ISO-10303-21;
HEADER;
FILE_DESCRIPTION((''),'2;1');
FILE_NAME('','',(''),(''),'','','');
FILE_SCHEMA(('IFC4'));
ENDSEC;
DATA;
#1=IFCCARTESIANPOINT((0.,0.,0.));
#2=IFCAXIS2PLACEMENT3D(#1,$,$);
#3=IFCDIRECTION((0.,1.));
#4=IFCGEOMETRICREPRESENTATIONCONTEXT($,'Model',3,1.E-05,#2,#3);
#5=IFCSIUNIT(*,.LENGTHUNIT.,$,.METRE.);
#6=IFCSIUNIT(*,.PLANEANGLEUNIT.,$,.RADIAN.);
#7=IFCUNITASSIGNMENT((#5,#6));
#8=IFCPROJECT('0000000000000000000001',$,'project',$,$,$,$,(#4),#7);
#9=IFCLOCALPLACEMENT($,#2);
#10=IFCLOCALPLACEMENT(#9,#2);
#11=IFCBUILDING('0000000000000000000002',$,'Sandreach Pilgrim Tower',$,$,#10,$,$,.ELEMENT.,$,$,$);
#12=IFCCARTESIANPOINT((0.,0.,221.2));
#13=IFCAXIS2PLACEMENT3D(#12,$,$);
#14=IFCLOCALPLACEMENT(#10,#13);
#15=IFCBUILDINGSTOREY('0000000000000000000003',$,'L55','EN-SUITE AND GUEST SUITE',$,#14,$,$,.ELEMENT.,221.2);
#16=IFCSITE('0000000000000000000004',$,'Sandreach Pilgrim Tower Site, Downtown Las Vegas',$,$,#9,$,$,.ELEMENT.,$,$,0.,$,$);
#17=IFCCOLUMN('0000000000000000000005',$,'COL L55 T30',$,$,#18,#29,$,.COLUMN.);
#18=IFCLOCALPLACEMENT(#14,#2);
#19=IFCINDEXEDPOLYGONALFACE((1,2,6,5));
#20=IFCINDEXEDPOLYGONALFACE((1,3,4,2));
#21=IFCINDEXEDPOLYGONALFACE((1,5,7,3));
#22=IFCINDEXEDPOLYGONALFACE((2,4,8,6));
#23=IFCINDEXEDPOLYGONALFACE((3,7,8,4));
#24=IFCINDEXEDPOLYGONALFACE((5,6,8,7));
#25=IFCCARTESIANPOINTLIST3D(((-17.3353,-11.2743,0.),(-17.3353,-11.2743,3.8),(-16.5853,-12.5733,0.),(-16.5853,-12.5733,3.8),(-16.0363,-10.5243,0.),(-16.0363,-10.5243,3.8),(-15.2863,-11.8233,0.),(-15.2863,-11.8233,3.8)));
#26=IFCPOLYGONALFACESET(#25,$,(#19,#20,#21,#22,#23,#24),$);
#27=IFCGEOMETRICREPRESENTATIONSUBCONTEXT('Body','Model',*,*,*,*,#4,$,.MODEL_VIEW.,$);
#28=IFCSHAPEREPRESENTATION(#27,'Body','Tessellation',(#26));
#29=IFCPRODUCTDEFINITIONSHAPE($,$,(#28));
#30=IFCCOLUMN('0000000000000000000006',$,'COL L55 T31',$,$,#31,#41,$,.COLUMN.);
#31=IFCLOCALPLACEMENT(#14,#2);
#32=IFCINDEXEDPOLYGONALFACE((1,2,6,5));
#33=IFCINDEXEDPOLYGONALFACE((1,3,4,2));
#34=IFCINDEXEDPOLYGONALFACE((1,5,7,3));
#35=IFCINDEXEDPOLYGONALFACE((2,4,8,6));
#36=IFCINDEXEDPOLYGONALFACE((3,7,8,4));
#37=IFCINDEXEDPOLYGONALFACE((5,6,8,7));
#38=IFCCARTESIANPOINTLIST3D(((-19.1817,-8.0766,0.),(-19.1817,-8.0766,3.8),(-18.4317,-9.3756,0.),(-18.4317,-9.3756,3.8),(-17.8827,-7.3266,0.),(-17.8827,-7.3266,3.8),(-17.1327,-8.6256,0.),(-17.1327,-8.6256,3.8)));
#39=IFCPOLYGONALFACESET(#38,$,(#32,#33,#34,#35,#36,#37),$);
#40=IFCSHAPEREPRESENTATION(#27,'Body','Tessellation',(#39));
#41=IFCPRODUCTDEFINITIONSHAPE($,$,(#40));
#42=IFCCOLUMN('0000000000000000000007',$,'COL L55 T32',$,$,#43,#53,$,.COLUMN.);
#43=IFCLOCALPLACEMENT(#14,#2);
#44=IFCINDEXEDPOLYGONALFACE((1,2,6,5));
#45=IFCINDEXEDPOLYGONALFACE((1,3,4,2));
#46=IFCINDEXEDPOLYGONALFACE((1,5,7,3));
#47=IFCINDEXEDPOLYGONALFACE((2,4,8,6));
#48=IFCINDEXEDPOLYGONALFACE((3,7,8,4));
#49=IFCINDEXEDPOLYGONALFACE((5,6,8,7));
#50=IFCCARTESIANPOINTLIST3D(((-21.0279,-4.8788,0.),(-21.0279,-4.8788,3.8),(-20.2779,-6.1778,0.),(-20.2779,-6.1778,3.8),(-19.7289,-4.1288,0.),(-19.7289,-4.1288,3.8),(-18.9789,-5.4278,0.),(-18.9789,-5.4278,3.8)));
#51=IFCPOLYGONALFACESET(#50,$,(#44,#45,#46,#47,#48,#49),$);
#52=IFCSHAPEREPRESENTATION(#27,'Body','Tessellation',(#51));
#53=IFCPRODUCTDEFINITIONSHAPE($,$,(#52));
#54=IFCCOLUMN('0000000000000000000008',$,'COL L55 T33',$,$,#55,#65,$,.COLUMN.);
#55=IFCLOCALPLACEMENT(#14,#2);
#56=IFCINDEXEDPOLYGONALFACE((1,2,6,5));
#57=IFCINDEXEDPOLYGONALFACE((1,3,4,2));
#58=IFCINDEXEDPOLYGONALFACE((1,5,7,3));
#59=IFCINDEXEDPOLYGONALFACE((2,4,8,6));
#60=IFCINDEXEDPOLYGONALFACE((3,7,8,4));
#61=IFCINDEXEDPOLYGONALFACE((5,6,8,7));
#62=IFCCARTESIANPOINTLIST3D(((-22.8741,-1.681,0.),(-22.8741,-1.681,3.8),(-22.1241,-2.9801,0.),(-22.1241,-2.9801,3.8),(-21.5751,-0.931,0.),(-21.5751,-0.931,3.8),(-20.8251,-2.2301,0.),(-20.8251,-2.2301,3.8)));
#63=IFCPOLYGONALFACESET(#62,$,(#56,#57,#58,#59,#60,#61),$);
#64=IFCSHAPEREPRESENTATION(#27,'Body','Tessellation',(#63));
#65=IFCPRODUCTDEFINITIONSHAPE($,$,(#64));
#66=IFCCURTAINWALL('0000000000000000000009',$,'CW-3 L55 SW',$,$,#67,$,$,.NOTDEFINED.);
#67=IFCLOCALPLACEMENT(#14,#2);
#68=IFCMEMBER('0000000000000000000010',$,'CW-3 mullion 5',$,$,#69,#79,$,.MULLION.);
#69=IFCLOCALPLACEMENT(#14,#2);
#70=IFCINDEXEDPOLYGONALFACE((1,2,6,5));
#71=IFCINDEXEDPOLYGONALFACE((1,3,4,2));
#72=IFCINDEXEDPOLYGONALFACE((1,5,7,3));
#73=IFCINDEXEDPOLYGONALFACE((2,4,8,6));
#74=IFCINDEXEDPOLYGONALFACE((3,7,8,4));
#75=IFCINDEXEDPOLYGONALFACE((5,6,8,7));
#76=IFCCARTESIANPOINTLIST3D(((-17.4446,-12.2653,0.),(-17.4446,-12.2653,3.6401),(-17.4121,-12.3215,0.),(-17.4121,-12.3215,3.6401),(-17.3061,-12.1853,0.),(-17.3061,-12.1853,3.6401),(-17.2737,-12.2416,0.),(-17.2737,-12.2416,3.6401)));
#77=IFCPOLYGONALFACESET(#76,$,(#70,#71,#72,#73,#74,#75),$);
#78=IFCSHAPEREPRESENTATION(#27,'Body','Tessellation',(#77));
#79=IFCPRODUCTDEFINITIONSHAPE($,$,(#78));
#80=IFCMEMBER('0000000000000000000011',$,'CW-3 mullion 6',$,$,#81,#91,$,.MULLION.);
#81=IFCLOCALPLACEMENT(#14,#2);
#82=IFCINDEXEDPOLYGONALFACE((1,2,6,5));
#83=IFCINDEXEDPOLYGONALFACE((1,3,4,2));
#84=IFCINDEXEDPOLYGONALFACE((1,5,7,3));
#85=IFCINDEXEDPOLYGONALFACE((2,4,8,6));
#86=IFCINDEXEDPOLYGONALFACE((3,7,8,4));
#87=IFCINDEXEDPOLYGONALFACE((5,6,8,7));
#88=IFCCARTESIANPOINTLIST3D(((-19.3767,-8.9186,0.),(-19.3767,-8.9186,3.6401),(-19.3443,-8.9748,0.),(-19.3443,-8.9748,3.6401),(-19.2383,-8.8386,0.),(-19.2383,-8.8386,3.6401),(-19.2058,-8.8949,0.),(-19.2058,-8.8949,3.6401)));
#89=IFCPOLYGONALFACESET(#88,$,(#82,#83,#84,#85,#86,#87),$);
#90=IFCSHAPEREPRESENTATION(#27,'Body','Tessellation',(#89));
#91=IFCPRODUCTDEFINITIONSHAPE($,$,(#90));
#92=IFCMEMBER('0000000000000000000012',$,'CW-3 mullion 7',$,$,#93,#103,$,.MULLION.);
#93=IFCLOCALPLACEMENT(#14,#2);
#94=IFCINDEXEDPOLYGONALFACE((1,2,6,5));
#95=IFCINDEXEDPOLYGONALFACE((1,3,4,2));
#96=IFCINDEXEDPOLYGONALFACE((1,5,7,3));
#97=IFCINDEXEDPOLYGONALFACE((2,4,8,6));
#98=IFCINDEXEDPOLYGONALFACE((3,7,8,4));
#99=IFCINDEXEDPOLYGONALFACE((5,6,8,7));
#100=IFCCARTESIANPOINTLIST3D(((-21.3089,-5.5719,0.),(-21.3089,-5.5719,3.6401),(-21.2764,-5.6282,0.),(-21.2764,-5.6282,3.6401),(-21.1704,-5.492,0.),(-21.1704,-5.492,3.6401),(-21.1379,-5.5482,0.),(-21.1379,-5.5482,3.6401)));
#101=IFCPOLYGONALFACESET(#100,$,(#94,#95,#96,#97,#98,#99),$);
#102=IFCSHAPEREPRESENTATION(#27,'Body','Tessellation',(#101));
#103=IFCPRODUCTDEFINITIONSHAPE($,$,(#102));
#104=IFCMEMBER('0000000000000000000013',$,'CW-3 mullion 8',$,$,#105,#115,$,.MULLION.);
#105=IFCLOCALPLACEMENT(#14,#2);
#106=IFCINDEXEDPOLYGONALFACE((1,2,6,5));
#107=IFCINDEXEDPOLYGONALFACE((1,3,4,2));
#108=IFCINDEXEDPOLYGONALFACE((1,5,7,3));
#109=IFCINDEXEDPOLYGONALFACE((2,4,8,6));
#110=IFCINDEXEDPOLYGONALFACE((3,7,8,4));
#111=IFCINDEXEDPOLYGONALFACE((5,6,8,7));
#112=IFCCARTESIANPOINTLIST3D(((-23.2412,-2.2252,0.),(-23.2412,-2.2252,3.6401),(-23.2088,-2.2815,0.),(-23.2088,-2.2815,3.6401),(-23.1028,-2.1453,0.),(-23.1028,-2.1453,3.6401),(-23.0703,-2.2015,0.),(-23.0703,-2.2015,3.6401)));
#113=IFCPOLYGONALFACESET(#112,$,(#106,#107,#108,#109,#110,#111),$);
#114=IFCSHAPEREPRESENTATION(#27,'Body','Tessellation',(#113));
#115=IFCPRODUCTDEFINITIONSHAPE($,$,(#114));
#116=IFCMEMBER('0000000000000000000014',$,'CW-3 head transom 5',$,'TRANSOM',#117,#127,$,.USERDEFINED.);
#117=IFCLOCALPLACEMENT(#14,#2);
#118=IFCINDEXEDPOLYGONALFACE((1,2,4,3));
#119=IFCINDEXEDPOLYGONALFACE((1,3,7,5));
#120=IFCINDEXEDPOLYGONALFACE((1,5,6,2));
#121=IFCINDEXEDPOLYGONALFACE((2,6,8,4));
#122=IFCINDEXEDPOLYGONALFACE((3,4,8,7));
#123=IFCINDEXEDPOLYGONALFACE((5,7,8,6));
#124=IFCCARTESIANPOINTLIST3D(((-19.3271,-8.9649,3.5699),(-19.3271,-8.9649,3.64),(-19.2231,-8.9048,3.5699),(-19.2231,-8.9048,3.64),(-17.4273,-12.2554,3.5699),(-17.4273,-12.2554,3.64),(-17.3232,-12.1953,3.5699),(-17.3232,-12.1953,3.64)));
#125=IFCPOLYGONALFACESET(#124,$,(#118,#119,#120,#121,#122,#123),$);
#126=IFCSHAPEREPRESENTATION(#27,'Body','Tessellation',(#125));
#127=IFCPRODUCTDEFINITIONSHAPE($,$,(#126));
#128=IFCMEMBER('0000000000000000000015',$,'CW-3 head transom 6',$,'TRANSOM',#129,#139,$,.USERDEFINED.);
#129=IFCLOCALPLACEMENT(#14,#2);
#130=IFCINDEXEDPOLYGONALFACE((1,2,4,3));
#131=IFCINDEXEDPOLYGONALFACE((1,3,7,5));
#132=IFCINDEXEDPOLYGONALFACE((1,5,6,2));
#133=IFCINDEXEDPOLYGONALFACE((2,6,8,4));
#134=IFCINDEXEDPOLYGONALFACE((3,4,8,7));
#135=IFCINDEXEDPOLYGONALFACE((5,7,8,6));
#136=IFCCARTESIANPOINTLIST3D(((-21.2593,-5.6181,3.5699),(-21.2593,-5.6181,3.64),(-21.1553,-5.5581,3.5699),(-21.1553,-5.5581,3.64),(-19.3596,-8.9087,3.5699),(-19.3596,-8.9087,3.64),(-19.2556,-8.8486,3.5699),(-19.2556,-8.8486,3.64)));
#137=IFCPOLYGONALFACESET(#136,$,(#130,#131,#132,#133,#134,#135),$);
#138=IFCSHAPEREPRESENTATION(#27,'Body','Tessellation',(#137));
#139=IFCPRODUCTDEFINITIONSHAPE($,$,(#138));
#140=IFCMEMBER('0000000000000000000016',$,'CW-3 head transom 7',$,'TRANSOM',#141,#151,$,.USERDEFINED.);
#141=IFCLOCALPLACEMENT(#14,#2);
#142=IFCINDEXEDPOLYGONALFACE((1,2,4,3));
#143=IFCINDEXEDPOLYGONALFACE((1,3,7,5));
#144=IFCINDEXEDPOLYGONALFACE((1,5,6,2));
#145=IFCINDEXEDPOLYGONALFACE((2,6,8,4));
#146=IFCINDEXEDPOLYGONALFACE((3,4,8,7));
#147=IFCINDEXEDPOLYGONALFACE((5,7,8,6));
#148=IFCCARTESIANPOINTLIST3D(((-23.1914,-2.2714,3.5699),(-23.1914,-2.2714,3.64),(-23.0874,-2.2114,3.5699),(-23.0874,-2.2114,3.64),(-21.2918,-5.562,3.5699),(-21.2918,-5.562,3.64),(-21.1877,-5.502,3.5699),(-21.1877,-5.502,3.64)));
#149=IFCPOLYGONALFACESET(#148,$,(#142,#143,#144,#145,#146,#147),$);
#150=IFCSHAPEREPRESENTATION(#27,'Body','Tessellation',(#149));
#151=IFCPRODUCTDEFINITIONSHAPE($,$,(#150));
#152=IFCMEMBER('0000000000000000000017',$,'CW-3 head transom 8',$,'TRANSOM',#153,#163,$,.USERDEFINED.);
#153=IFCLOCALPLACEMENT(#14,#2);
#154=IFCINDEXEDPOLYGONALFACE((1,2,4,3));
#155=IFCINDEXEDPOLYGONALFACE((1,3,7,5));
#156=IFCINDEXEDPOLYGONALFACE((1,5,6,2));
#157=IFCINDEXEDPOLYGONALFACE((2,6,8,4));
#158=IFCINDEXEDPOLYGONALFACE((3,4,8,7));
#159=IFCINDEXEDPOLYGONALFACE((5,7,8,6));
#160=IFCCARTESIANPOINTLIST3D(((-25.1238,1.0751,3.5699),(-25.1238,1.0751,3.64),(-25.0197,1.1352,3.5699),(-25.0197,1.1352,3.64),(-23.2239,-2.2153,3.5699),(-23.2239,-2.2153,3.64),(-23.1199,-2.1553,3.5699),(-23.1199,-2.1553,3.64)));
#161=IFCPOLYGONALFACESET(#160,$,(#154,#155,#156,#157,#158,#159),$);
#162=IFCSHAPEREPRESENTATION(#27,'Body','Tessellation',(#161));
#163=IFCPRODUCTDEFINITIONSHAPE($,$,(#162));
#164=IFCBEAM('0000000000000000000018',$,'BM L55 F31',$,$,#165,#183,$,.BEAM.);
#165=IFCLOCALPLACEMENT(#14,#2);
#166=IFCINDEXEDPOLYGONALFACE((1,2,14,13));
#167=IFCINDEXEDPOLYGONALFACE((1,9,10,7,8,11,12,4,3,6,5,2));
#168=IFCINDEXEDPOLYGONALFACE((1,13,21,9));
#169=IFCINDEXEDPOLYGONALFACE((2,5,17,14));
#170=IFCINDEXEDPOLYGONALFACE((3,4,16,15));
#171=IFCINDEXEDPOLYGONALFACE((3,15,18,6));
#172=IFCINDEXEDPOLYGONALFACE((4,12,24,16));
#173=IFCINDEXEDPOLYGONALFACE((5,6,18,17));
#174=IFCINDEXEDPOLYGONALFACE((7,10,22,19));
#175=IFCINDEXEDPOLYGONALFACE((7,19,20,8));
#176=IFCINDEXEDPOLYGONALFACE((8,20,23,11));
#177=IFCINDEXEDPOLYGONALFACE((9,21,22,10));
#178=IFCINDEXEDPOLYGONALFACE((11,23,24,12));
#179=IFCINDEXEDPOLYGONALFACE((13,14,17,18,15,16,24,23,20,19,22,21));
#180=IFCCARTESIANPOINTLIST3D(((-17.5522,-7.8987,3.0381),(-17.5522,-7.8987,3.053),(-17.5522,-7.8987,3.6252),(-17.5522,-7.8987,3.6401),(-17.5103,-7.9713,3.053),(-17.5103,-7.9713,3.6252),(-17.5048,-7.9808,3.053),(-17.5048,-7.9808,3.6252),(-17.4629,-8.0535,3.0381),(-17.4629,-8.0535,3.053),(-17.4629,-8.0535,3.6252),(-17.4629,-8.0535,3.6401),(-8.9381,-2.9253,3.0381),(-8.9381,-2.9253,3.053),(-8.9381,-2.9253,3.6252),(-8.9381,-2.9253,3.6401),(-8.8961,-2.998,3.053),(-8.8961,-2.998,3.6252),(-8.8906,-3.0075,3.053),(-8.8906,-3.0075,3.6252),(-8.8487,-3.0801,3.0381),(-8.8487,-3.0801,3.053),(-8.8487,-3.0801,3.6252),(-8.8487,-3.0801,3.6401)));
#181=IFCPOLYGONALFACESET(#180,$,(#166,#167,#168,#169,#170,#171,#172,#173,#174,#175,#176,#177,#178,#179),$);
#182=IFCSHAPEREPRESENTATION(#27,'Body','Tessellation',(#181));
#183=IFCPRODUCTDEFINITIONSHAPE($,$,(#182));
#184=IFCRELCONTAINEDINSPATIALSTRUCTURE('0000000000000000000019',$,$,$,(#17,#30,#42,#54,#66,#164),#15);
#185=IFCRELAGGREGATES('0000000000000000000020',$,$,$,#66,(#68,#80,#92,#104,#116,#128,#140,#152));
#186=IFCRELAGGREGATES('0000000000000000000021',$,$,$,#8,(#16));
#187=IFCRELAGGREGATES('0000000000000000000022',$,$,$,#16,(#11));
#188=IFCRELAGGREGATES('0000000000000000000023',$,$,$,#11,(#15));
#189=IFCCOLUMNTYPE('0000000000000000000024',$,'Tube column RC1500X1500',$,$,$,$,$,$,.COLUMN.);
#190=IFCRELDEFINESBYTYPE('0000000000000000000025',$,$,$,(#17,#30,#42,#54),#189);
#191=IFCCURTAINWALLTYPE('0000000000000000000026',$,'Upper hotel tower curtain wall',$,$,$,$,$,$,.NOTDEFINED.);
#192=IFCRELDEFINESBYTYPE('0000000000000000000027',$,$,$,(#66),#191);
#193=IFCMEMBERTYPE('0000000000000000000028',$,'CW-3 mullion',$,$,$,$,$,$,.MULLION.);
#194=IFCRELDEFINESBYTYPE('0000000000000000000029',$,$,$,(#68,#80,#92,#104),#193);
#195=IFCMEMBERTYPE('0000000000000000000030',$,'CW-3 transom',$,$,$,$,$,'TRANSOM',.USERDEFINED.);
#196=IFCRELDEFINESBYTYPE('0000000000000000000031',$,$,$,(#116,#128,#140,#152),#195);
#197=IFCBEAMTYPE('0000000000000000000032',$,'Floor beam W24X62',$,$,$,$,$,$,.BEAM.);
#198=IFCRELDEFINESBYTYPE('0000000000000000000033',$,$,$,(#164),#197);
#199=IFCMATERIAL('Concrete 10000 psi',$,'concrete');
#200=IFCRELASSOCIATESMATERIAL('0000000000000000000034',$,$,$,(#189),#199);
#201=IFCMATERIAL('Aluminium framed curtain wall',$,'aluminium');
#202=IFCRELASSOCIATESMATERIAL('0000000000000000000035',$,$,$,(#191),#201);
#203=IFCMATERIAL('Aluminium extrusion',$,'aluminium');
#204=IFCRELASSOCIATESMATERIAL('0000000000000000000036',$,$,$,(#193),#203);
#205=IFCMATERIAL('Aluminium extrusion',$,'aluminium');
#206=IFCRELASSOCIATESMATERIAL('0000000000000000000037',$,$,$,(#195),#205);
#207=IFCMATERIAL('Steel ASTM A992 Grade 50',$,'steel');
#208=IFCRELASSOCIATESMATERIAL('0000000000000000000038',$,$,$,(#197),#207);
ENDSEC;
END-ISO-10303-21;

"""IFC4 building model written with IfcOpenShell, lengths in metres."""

from ifc_helpers import new_model, si_unit, direction, frame, origin, origin_2d, place, context, subcontext, project, spatial, rectangle, i_section, extrude, material, material_profile, profile_set, type_object, element, aggregate, save


model = new_model("IFC4")

# Units and contexts
model_context = context("Model", 3, precision=1e-05, world=origin(), true_north=direction((0.0, 1.0)))
body_context = subcontext(model_context, "Body", "Model", "MODEL_VIEW")
ifc_project = project(units=[si_unit("LENGTHUNIT", "METRE"), si_unit("PLANEANGLEUNIT", "RADIAN")], contexts=[model_context])

# Site, building, storey
site_placement = place(None, origin())
site = spatial("IfcSite", under=ifc_project, at=site_placement, Name="Sandreach Pilgrim Tower Site, Downtown Las Vegas", CompositionType="ELEMENT", RefElevation=0.0)
building_placement = place(site_placement, origin())
building = spatial("IfcBuilding", under=site, at=building_placement, Name="Sandreach Pilgrim Tower", CompositionType="ELEMENT")
storey_placement = place(building_placement, frame((0.0, 0.0, 221.2)))
storey = spatial("IfcBuildingStorey", under=building, at=storey_placement, Name="L55", Description="EN-SUITE AND GUEST SUITE", CompositionType="ELEMENT", Elevation=221.2)

# Columns
ifc_material_1 = material(Name="Concrete 10000 psi", Category="concrete")
ifc_material_profile_1 = material_profile(ifc_material_1, rectangle(XDim=1.5, YDim=1.5, at=origin_2d()), Name="RC1500X1500")
ifc_profile_set_1 = profile_set([ifc_material_profile_1], Name="Concrete 10000 psi")
column_type = type_object("IfcColumnType", Name="Tube column RC1500X1500", PredefinedType="COLUMN", material=ifc_profile_set_1)
for number, where, z_axis, x_axis, name in (
    (1, (-16.3108, -11.5488, 0.0), (0.0, 0.0, 1.0), (-0.866025, -0.5, 0.0), "COL L55 T30"),
    (2, (-18.1572, -8.3511, 0.0), (0.0, 0.0, 1.0), (-0.866025, -0.5, 0.0), "COL L55 T31"),
    (3, (-20.0034, -5.1533, 0.0), (0.0, 0.0, 1.0), (-0.866025, -0.5, 0.0), "COL L55 T32"),
    (4, (-21.8496, -1.9556, 0.0), (0.0, 0.0, 1.0), (-0.866025, -0.5, 0.0), "COL L55 T33"),
):
    element("IfcColumn", number, at=place(storey_placement, frame(where, z_axis=z_axis, x_axis=x_axis)), inside=storey, type_object=column_type, Name=name, PredefinedType="COLUMN", context=body_context, shape_type="SweptSolid", body=[
        extrude(rectangle(XDim=1.5, YDim=1.5, at=origin_2d()), origin(), (0.0, 0.0, 1.0), 3.8),
    ])

# Curtain wall, members
ifc_material_2 = material(Name="Aluminium framed curtain wall", Category="aluminium")
curtain_wall_type = type_object("IfcCurtainWallType", Name="Upper hotel tower curtain wall", PredefinedType="NOTDEFINED", material=ifc_material_2)
curtain_wall_placement = place(storey_placement, origin())
curtain_wall = element("IfcCurtainWall", 5, at=curtain_wall_placement, inside=storey, type_object=curtain_wall_type, Name="CW-3 L55 SW", PredefinedType="NOTDEFINED")
ifc_material_3 = material(Name="Aluminium extrusion", Category="aluminium")
ifc_material_profile_2 = material_profile(ifc_material_3, rectangle(XDim=0.0649, YDim=0.1599, at=origin_2d()), Name="CW-3M 65X160")
ifc_profile_set_2 = profile_set([ifc_material_profile_2], Name="Aluminium extrusion")
member_type_1 = type_object("IfcMemberType", Name="CW-3 mullion", PredefinedType="MULLION", material=ifc_profile_set_2)
member_1_placement = place(storey_placement, frame((-17.3591, -12.2534, 0.0), z_axis=(0.0, 0.0, 1.0), x_axis=(-0.5, 0.866025, 0.0)))
member_1 = element("IfcMember", 6, at=member_1_placement, type_object=member_type_1, Name="CW-3 mullion 5", PredefinedType="MULLION", context=body_context, shape_type="SweptSolid", body=[
    extrude(rectangle(XDim=0.0649, YDim=0.1599, at=origin_2d()), origin(), (0.0, 0.0, 1.0), 3.6401),
])
member_2_placement = place(storey_placement, frame((-19.2913, -8.9067, 0.0), z_axis=(0.0, 0.0, 1.0), x_axis=(-0.5, 0.866025, 0.0)))
member_2 = element("IfcMember", 7, at=member_2_placement, type_object=member_type_1, Name="CW-3 mullion 6", PredefinedType="MULLION", context=body_context, shape_type="SweptSolid", body=[
    extrude(rectangle(XDim=0.0649, YDim=0.1599, at=origin_2d()), origin(), (0.0, 0.0, 1.0), 3.6401),
])
member_3_placement = place(storey_placement, frame((-21.2234, -5.5601, 0.0), z_axis=(0.0, 0.0, 1.0), x_axis=(-0.5, 0.866025, 0.0)))
member_3 = element("IfcMember", 8, at=member_3_placement, type_object=member_type_1, Name="CW-3 mullion 7", PredefinedType="MULLION", context=body_context, shape_type="SweptSolid", body=[
    extrude(rectangle(XDim=0.0649, YDim=0.1599, at=origin_2d()), origin(), (0.0, 0.0, 1.0), 3.6401),
])
member_4_placement = place(storey_placement, frame((-23.1558, -2.2134, 0.0), z_axis=(0.0, 0.0, 1.0), x_axis=(-0.5, 0.866025, 0.0)))
member_4 = element("IfcMember", 9, at=member_4_placement, type_object=member_type_1, Name="CW-3 mullion 8", PredefinedType="MULLION", context=body_context, shape_type="SweptSolid", body=[
    extrude(rectangle(XDim=0.0649, YDim=0.1599, at=origin_2d()), origin(), (0.0, 0.0, 1.0), 3.6401),
])
ifc_material_4 = material(Name="Aluminium extrusion", Category="aluminium")
ifc_material_profile_3 = material_profile(ifc_material_4, rectangle(XDim=0.1201, YDim=0.0701, at=origin_2d()), Name="CW-3T 120X70")
ifc_profile_set_3 = profile_set([ifc_material_profile_3], Name="Aluminium extrusion")
member_type_2 = type_object("IfcMemberType", Name="CW-3 transom", ElementType="TRANSOM", PredefinedType="USERDEFINED", material=ifc_profile_set_3)
member_5_placement = place(storey_placement, frame((-17.3752, -12.2253, 3.605), z_axis=(-0.500023, 0.866012, 0.0), x_axis=(-0.866012, -0.500023, 0.0)))
member_5 = element("IfcMember", 10, at=member_5_placement, type_object=member_type_2, Name="CW-3 head transom 5", ObjectType="TRANSOM", PredefinedType="USERDEFINED", context=body_context, shape_type="SweptSolid", body=[
    extrude(rectangle(XDim=0.1201, YDim=0.0701, at=origin_2d()), origin(), (0.0, 0.0, 1.0), 3.7996),
])
member_6_placement = place(storey_placement, frame((-19.3076, -8.8787, 3.605), z_axis=(-0.499975, 0.86604, 0.0), x_axis=(-0.86604, -0.499975, 0.0)))
member_6 = element("IfcMember", 11, at=member_6_placement, type_object=member_type_2, Name="CW-3 head transom 6", ObjectType="TRANSOM", PredefinedType="USERDEFINED", context=body_context, shape_type="SweptSolid", body=[
    extrude(rectangle(XDim=0.1201, YDim=0.0701, at=origin_2d()), origin(), (0.0, 0.0, 1.0), 3.7996),
])
member_7_placement = place(storey_placement, frame((-21.2397, -5.532, 3.605), z_axis=(-0.499975, 0.86604, 0.0), x_axis=(-0.86604, -0.499975, 0.0)))
member_7 = element("IfcMember", 12, at=member_7_placement, type_object=member_type_2, Name="CW-3 head transom 7", ObjectType="TRANSOM", PredefinedType="USERDEFINED", context=body_context, shape_type="SweptSolid", body=[
    extrude(rectangle(XDim=0.1201, YDim=0.0701, at=origin_2d()), origin(), (0.0, 0.0, 1.0), 3.7996),
])
member_8_placement = place(storey_placement, frame((-23.1719, -2.1853, 3.605), z_axis=(-0.500023, 0.866012, 0.0), x_axis=(-0.866012, -0.500023, 0.0)))
member_8 = element("IfcMember", 13, at=member_8_placement, type_object=member_type_2, Name="CW-3 head transom 8", ObjectType="TRANSOM", PredefinedType="USERDEFINED", context=body_context, shape_type="SweptSolid", body=[
    extrude(rectangle(XDim=0.1201, YDim=0.0701, at=origin_2d()), origin(), (0.0, 0.0, 1.0), 3.7996),
])

# Beam
ifc_material_5 = material(Name="Steel ASTM A992 Grade 50", Category="steel")
ifc_material_profile_4 = material_profile(ifc_material_5, i_section(OverallWidth=0.1787, OverallDepth=0.6021, WebThickness=0.011, FlangeThickness=0.0149, at=origin_2d()), Name="W24X62")
ifc_profile_set_4 = profile_set([ifc_material_profile_4], Name="Steel ASTM A992 Grade 50")
beam_type_1 = type_object("IfcBeamType", Name="Floor beam W24X62", PredefinedType="BEAM", material=ifc_profile_set_4)
beam_1_placement = place(storey_placement, frame((-17.5076, -7.9761, 3.3391), z_axis=(0.866028, 0.499996, 0.0), x_axis=(-0.499996, 0.866028, 0.0)))
element("IfcBeam", 14, at=beam_1_placement, inside=storey, type_object=beam_type_1, Name="BM L55 F31", PredefinedType="BEAM", context=body_context, shape_type="SweptSolid", body=[
    extrude(i_section(OverallWidth=0.1787, OverallDepth=0.6021, WebThickness=0.011, FlangeThickness=0.0149, at=origin_2d()), origin(), (0.0, 0.0, 1.0), 9.9468),
])

aggregate(curtain_wall, [member_1, member_2, member_3, member_4, member_5, member_6, member_7, member_8])

save(model, "model.ifc")
